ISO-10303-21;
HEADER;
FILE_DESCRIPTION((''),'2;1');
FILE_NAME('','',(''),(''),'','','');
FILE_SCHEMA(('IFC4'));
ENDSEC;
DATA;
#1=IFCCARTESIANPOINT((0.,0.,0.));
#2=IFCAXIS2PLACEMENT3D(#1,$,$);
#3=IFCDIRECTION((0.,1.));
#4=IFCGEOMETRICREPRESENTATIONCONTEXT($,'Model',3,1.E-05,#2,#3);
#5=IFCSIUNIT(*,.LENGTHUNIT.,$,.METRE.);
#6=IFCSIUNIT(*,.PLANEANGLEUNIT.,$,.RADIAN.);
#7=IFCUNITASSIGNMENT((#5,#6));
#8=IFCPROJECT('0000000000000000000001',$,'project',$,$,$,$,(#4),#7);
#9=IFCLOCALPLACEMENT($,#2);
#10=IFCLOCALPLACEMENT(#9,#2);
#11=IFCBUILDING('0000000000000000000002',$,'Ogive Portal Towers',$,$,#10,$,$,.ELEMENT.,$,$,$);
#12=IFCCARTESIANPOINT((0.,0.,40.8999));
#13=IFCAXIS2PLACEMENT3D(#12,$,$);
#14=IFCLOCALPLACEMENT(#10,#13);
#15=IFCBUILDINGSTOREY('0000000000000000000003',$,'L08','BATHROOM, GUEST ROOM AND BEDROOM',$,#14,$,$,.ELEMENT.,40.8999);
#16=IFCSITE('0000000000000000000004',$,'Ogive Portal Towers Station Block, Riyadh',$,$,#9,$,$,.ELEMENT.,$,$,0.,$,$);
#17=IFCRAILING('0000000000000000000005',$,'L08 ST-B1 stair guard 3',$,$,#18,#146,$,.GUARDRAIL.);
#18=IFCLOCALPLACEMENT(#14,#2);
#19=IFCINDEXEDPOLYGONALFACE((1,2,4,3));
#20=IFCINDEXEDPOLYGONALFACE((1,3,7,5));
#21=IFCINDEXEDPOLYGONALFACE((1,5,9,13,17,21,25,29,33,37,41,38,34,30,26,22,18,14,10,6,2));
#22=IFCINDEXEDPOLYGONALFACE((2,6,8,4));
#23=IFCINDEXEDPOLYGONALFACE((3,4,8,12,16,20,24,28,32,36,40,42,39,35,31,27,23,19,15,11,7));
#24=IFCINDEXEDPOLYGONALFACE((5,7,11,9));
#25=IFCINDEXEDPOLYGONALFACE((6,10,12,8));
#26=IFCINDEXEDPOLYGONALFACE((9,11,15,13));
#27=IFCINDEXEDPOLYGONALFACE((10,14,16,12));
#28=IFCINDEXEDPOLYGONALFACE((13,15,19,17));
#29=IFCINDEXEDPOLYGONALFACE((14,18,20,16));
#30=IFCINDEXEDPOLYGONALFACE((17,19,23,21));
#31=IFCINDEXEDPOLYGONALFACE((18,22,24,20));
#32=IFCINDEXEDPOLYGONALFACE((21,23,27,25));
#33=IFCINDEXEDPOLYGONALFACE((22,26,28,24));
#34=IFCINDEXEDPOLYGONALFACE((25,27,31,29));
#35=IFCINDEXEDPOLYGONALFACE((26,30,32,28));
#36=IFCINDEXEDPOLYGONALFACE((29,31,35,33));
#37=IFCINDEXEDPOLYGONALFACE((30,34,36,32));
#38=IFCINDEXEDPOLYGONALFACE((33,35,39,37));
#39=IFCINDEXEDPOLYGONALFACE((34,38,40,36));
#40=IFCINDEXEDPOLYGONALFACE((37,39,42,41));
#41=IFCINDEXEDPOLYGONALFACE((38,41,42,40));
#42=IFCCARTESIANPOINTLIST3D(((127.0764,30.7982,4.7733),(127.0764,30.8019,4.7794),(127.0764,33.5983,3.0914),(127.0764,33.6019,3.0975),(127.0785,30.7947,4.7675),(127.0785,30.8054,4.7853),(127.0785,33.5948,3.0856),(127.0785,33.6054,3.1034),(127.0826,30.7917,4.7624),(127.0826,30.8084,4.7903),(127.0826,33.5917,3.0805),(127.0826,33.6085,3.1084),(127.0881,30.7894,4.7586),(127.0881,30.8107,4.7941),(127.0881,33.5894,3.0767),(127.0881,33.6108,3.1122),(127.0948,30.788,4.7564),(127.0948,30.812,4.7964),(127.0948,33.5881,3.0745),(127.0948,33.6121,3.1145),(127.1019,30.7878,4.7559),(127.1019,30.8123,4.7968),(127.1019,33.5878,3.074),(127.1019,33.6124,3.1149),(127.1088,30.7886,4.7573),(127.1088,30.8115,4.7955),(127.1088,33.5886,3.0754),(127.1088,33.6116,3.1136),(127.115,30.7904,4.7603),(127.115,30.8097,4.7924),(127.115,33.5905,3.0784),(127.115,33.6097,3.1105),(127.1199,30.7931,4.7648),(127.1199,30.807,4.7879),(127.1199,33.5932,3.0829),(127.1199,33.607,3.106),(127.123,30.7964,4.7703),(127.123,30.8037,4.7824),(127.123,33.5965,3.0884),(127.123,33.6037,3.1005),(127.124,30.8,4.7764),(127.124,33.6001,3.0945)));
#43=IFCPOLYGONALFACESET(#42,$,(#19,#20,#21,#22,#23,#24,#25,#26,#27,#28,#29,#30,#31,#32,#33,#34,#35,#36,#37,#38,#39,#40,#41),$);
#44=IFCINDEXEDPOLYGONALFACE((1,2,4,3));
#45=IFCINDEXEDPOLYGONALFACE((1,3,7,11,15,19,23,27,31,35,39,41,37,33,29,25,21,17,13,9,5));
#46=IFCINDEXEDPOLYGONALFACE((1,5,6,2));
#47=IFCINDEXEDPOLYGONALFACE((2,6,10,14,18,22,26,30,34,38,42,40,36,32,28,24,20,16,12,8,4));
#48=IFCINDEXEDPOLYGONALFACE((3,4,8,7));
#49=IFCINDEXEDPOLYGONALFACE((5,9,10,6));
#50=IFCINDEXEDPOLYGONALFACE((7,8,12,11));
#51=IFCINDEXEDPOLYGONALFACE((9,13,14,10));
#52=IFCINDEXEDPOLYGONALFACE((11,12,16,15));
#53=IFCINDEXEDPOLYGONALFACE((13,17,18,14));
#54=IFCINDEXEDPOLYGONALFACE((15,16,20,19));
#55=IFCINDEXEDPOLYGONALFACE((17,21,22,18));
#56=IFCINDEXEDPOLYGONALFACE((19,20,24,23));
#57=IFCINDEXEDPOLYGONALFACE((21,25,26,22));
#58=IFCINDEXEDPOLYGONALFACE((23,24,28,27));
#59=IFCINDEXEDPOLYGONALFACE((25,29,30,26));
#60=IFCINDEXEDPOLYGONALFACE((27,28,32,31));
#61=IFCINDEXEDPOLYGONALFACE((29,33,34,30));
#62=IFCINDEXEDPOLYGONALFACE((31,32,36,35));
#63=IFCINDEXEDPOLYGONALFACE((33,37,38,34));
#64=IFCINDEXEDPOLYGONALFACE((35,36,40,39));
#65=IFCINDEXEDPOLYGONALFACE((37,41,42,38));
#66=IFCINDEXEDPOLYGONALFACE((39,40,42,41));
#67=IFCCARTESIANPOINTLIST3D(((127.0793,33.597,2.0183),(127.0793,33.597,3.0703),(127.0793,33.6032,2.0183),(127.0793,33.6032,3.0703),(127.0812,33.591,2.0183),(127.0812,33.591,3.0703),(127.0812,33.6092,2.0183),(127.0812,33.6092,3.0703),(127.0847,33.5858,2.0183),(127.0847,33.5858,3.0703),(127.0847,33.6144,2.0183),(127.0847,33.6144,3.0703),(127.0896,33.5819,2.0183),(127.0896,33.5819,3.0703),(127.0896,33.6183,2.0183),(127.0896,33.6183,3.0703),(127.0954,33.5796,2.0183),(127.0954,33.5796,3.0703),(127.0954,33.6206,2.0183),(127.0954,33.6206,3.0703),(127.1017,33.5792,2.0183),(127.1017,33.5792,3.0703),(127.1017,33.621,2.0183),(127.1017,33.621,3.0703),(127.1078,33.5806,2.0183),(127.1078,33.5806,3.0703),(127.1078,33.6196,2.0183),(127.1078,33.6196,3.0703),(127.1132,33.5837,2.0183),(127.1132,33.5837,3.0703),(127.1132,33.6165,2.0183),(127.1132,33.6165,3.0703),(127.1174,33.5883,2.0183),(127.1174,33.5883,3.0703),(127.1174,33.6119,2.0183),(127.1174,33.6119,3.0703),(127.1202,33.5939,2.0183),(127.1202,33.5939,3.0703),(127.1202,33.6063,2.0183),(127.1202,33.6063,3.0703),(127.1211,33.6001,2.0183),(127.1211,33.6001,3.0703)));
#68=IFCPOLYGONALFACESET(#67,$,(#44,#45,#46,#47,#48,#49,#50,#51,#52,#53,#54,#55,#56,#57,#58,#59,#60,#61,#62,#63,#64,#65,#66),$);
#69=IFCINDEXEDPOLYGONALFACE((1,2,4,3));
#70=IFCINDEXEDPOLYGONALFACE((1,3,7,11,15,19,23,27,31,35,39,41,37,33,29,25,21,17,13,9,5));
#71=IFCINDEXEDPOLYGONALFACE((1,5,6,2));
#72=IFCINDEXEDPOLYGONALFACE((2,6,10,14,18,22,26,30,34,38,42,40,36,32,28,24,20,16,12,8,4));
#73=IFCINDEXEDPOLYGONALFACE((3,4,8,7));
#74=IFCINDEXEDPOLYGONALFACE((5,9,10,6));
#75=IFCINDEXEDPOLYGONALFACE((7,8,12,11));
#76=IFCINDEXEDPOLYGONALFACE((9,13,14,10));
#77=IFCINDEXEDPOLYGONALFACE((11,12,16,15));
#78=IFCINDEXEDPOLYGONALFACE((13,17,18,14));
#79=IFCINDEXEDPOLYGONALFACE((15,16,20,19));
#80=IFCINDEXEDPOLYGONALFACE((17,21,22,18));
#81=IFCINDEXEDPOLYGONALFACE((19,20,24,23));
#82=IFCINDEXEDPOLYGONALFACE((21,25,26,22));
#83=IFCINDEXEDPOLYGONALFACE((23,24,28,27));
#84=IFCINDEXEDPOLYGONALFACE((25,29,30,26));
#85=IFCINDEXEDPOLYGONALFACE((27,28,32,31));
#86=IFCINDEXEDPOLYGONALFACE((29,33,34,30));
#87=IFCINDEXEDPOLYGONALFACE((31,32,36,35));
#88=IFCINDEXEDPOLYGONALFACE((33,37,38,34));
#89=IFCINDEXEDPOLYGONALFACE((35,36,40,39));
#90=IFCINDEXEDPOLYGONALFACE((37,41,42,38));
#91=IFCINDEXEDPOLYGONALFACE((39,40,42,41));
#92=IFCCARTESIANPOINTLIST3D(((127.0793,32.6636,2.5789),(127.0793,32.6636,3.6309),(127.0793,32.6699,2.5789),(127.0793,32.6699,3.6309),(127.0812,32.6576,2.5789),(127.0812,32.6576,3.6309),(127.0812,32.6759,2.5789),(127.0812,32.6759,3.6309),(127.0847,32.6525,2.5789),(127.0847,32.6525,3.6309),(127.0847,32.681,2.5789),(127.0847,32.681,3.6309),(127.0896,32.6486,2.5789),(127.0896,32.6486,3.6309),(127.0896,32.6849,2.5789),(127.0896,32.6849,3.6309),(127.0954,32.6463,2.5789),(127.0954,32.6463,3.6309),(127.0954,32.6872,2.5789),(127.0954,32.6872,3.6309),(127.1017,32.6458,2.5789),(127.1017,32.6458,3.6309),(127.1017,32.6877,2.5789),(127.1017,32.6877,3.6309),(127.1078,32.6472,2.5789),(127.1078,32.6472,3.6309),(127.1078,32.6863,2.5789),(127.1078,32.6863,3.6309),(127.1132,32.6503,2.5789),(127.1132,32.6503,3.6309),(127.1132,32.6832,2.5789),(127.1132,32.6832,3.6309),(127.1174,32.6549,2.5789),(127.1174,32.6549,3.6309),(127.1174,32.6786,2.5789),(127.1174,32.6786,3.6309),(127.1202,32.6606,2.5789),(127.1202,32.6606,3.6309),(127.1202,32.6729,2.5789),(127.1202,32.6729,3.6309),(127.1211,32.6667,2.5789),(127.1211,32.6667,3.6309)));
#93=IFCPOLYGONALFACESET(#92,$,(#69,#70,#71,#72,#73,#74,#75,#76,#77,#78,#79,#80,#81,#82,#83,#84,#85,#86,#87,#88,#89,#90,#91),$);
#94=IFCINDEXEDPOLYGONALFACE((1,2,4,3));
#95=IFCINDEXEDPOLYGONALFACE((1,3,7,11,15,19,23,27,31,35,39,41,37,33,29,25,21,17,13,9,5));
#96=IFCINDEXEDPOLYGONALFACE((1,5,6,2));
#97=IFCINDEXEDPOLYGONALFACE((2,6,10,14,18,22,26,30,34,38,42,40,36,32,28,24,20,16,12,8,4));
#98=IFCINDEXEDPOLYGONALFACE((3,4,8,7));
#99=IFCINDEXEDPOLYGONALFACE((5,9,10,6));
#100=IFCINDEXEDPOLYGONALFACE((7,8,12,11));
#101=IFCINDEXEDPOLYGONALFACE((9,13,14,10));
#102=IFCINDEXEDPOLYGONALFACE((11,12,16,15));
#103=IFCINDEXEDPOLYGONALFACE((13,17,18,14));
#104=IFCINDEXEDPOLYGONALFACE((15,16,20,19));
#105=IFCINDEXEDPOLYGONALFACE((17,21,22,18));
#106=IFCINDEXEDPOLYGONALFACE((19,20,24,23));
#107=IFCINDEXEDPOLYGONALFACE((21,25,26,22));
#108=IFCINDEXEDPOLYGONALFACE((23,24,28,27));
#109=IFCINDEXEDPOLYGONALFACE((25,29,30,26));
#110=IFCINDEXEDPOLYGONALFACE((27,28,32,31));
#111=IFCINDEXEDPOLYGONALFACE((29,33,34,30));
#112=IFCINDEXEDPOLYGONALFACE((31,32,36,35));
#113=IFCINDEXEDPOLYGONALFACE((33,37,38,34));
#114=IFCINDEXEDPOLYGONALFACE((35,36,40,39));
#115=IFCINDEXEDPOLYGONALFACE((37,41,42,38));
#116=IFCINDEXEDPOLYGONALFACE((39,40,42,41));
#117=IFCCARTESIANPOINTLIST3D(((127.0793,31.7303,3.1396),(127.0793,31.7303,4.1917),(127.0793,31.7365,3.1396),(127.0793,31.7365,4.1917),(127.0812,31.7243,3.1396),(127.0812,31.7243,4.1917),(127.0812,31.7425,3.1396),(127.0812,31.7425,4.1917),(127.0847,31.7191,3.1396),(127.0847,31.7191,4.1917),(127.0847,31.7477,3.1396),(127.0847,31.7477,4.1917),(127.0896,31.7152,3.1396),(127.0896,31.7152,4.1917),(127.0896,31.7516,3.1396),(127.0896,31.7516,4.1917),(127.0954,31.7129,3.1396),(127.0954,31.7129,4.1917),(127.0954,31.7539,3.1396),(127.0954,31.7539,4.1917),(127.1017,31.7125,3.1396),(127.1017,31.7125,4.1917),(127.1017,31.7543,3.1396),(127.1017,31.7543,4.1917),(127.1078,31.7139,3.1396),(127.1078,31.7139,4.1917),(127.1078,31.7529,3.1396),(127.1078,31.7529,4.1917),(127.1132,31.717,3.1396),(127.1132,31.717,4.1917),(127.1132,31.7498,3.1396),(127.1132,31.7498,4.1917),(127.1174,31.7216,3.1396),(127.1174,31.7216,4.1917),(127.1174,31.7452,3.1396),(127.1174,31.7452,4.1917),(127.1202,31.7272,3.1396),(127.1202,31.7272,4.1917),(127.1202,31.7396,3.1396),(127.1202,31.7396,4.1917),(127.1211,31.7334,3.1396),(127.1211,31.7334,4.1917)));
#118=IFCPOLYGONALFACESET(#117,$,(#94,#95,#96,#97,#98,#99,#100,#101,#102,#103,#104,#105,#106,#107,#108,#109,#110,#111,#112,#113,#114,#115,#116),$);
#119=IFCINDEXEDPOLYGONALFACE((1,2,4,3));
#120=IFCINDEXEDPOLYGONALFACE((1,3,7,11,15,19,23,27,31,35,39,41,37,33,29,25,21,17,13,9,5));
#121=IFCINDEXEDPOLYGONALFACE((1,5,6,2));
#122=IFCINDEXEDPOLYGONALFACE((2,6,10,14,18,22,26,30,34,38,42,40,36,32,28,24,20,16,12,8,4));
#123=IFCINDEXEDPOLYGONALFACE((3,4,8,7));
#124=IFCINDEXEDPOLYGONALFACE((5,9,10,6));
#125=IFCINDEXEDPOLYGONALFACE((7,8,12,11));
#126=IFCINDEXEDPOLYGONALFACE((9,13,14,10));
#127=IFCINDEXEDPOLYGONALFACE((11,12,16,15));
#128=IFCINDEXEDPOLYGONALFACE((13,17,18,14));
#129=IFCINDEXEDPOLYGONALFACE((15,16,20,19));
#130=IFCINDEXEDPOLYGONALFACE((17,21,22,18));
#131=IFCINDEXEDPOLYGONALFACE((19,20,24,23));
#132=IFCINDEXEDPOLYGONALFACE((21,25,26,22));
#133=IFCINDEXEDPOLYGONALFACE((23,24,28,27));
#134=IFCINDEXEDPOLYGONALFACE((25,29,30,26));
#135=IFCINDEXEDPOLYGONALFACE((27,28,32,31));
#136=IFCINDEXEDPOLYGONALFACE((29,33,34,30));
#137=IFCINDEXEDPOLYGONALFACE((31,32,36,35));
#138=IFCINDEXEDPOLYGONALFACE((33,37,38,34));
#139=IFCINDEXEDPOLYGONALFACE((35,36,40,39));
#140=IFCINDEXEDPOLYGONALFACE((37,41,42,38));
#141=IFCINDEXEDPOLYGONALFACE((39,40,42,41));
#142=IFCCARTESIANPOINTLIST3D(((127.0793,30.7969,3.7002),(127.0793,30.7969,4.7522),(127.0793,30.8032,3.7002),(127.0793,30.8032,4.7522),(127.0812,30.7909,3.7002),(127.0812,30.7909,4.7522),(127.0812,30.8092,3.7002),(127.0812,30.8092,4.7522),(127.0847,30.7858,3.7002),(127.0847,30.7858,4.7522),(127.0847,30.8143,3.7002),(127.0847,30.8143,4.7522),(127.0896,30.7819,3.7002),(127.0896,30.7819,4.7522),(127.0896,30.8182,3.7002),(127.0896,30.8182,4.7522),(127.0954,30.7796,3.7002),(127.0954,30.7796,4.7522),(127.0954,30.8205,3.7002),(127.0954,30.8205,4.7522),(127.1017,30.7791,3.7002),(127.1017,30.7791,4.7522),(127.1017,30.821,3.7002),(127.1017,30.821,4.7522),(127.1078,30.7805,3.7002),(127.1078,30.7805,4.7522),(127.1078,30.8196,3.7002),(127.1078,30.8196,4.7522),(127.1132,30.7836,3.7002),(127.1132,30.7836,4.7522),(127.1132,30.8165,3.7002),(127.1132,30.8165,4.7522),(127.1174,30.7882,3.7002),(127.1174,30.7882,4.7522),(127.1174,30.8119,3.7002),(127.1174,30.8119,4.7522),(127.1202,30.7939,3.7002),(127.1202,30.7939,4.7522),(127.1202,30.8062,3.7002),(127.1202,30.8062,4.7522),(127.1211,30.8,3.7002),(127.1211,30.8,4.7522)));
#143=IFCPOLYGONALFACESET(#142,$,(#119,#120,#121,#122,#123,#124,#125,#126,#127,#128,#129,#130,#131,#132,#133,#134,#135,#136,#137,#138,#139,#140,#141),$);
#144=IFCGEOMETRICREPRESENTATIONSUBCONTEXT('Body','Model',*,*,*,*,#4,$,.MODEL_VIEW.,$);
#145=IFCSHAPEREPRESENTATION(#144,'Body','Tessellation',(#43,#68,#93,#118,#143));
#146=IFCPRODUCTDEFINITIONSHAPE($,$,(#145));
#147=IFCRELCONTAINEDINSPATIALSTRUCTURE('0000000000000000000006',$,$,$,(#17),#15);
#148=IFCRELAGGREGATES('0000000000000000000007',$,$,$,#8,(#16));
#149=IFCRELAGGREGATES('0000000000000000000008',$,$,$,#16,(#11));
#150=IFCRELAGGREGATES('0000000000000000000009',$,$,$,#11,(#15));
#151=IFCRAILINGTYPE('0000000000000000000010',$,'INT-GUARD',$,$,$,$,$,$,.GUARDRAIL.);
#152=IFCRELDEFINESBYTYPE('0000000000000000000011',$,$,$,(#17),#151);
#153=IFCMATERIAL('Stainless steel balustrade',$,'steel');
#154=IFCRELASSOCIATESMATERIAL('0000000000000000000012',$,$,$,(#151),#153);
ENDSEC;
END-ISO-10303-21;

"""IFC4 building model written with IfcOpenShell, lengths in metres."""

from ifc_helpers import new_model, si_unit, direction, frame, origin, origin_2d, place, context, subcontext, project, spatial, circle, extrude, material, type_object, element, save


model = new_model("IFC4")

# Units and contexts
model_context = context("Model", 3, precision=1e-05, world=origin(), true_north=direction((0.0, 1.0)))
body_context = subcontext(model_context, "Body", "Model", "MODEL_VIEW")
ifc_project = project(units=[si_unit("LENGTHUNIT", "METRE"), si_unit("PLANEANGLEUNIT", "RADIAN")], contexts=[model_context])

# Site, building, storey
site_placement = place(None, origin())
site = spatial("IfcSite", under=ifc_project, at=site_placement, Name="Ogive Portal Towers Station Block, Riyadh", CompositionType="ELEMENT", RefElevation=0.0)
building_placement = place(site_placement, origin())
building = spatial("IfcBuilding", under=site, at=building_placement, Name="Ogive Portal Towers", CompositionType="ELEMENT")
storey_placement = place(building_placement, frame((0.0, 0.0, 40.8999)))
storey = spatial("IfcBuildingStorey", under=building, at=storey_placement, Name="L08", Description="BATHROOM, GUEST ROOM AND BEDROOM", CompositionType="ELEMENT", Elevation=40.8999)

# Railing
ifc_material_1 = material(Name="Stainless steel balustrade", Category="steel")
railing_type_1 = type_object("IfcRailingType", Name="INT-GUARD", PredefinedType="GUARDRAIL", material=ifc_material_1)
railing_1_placement = place(storey_placement, frame((127.1001, 33.6001, 2.0183)))
element("IfcRailing", 1, at=railing_1_placement, inside=storey, type_object=railing_type_1, Name="L08 ST-B1 stair guard 3", PredefinedType="GUARDRAIL", context=body_context, shape_type="SweptSolid", body=[
    extrude(circle(Radius=0.0239, at=origin_2d()), frame((0.0, 0.0, 1.0762), z_axis=(0.0, -0.857242, 0.514913), x_axis=(1.0, 0.0, 0.0)), (0.0, 0.0, 1.0), 3.2664),
    extrude(circle(Radius=0.021, at=origin_2d()), origin(), (0.0, 0.0, 1.0), 1.052),
    extrude(circle(Radius=0.021, at=origin_2d()), frame((0.0, -0.9333, 0.5605)), (0.0, 0.0, 1.0), 1.052),
    extrude(circle(Radius=0.021, at=origin_2d()), frame((0.0, -1.8667, 1.1213)), (0.0, 0.0, 1.0), 1.052),
    extrude(circle(Radius=0.021, at=origin_2d()), frame((0.0, -2.8, 1.6819)), (0.0, 0.0, 1.0), 1.052),
])

save(model, "model.ifc")
